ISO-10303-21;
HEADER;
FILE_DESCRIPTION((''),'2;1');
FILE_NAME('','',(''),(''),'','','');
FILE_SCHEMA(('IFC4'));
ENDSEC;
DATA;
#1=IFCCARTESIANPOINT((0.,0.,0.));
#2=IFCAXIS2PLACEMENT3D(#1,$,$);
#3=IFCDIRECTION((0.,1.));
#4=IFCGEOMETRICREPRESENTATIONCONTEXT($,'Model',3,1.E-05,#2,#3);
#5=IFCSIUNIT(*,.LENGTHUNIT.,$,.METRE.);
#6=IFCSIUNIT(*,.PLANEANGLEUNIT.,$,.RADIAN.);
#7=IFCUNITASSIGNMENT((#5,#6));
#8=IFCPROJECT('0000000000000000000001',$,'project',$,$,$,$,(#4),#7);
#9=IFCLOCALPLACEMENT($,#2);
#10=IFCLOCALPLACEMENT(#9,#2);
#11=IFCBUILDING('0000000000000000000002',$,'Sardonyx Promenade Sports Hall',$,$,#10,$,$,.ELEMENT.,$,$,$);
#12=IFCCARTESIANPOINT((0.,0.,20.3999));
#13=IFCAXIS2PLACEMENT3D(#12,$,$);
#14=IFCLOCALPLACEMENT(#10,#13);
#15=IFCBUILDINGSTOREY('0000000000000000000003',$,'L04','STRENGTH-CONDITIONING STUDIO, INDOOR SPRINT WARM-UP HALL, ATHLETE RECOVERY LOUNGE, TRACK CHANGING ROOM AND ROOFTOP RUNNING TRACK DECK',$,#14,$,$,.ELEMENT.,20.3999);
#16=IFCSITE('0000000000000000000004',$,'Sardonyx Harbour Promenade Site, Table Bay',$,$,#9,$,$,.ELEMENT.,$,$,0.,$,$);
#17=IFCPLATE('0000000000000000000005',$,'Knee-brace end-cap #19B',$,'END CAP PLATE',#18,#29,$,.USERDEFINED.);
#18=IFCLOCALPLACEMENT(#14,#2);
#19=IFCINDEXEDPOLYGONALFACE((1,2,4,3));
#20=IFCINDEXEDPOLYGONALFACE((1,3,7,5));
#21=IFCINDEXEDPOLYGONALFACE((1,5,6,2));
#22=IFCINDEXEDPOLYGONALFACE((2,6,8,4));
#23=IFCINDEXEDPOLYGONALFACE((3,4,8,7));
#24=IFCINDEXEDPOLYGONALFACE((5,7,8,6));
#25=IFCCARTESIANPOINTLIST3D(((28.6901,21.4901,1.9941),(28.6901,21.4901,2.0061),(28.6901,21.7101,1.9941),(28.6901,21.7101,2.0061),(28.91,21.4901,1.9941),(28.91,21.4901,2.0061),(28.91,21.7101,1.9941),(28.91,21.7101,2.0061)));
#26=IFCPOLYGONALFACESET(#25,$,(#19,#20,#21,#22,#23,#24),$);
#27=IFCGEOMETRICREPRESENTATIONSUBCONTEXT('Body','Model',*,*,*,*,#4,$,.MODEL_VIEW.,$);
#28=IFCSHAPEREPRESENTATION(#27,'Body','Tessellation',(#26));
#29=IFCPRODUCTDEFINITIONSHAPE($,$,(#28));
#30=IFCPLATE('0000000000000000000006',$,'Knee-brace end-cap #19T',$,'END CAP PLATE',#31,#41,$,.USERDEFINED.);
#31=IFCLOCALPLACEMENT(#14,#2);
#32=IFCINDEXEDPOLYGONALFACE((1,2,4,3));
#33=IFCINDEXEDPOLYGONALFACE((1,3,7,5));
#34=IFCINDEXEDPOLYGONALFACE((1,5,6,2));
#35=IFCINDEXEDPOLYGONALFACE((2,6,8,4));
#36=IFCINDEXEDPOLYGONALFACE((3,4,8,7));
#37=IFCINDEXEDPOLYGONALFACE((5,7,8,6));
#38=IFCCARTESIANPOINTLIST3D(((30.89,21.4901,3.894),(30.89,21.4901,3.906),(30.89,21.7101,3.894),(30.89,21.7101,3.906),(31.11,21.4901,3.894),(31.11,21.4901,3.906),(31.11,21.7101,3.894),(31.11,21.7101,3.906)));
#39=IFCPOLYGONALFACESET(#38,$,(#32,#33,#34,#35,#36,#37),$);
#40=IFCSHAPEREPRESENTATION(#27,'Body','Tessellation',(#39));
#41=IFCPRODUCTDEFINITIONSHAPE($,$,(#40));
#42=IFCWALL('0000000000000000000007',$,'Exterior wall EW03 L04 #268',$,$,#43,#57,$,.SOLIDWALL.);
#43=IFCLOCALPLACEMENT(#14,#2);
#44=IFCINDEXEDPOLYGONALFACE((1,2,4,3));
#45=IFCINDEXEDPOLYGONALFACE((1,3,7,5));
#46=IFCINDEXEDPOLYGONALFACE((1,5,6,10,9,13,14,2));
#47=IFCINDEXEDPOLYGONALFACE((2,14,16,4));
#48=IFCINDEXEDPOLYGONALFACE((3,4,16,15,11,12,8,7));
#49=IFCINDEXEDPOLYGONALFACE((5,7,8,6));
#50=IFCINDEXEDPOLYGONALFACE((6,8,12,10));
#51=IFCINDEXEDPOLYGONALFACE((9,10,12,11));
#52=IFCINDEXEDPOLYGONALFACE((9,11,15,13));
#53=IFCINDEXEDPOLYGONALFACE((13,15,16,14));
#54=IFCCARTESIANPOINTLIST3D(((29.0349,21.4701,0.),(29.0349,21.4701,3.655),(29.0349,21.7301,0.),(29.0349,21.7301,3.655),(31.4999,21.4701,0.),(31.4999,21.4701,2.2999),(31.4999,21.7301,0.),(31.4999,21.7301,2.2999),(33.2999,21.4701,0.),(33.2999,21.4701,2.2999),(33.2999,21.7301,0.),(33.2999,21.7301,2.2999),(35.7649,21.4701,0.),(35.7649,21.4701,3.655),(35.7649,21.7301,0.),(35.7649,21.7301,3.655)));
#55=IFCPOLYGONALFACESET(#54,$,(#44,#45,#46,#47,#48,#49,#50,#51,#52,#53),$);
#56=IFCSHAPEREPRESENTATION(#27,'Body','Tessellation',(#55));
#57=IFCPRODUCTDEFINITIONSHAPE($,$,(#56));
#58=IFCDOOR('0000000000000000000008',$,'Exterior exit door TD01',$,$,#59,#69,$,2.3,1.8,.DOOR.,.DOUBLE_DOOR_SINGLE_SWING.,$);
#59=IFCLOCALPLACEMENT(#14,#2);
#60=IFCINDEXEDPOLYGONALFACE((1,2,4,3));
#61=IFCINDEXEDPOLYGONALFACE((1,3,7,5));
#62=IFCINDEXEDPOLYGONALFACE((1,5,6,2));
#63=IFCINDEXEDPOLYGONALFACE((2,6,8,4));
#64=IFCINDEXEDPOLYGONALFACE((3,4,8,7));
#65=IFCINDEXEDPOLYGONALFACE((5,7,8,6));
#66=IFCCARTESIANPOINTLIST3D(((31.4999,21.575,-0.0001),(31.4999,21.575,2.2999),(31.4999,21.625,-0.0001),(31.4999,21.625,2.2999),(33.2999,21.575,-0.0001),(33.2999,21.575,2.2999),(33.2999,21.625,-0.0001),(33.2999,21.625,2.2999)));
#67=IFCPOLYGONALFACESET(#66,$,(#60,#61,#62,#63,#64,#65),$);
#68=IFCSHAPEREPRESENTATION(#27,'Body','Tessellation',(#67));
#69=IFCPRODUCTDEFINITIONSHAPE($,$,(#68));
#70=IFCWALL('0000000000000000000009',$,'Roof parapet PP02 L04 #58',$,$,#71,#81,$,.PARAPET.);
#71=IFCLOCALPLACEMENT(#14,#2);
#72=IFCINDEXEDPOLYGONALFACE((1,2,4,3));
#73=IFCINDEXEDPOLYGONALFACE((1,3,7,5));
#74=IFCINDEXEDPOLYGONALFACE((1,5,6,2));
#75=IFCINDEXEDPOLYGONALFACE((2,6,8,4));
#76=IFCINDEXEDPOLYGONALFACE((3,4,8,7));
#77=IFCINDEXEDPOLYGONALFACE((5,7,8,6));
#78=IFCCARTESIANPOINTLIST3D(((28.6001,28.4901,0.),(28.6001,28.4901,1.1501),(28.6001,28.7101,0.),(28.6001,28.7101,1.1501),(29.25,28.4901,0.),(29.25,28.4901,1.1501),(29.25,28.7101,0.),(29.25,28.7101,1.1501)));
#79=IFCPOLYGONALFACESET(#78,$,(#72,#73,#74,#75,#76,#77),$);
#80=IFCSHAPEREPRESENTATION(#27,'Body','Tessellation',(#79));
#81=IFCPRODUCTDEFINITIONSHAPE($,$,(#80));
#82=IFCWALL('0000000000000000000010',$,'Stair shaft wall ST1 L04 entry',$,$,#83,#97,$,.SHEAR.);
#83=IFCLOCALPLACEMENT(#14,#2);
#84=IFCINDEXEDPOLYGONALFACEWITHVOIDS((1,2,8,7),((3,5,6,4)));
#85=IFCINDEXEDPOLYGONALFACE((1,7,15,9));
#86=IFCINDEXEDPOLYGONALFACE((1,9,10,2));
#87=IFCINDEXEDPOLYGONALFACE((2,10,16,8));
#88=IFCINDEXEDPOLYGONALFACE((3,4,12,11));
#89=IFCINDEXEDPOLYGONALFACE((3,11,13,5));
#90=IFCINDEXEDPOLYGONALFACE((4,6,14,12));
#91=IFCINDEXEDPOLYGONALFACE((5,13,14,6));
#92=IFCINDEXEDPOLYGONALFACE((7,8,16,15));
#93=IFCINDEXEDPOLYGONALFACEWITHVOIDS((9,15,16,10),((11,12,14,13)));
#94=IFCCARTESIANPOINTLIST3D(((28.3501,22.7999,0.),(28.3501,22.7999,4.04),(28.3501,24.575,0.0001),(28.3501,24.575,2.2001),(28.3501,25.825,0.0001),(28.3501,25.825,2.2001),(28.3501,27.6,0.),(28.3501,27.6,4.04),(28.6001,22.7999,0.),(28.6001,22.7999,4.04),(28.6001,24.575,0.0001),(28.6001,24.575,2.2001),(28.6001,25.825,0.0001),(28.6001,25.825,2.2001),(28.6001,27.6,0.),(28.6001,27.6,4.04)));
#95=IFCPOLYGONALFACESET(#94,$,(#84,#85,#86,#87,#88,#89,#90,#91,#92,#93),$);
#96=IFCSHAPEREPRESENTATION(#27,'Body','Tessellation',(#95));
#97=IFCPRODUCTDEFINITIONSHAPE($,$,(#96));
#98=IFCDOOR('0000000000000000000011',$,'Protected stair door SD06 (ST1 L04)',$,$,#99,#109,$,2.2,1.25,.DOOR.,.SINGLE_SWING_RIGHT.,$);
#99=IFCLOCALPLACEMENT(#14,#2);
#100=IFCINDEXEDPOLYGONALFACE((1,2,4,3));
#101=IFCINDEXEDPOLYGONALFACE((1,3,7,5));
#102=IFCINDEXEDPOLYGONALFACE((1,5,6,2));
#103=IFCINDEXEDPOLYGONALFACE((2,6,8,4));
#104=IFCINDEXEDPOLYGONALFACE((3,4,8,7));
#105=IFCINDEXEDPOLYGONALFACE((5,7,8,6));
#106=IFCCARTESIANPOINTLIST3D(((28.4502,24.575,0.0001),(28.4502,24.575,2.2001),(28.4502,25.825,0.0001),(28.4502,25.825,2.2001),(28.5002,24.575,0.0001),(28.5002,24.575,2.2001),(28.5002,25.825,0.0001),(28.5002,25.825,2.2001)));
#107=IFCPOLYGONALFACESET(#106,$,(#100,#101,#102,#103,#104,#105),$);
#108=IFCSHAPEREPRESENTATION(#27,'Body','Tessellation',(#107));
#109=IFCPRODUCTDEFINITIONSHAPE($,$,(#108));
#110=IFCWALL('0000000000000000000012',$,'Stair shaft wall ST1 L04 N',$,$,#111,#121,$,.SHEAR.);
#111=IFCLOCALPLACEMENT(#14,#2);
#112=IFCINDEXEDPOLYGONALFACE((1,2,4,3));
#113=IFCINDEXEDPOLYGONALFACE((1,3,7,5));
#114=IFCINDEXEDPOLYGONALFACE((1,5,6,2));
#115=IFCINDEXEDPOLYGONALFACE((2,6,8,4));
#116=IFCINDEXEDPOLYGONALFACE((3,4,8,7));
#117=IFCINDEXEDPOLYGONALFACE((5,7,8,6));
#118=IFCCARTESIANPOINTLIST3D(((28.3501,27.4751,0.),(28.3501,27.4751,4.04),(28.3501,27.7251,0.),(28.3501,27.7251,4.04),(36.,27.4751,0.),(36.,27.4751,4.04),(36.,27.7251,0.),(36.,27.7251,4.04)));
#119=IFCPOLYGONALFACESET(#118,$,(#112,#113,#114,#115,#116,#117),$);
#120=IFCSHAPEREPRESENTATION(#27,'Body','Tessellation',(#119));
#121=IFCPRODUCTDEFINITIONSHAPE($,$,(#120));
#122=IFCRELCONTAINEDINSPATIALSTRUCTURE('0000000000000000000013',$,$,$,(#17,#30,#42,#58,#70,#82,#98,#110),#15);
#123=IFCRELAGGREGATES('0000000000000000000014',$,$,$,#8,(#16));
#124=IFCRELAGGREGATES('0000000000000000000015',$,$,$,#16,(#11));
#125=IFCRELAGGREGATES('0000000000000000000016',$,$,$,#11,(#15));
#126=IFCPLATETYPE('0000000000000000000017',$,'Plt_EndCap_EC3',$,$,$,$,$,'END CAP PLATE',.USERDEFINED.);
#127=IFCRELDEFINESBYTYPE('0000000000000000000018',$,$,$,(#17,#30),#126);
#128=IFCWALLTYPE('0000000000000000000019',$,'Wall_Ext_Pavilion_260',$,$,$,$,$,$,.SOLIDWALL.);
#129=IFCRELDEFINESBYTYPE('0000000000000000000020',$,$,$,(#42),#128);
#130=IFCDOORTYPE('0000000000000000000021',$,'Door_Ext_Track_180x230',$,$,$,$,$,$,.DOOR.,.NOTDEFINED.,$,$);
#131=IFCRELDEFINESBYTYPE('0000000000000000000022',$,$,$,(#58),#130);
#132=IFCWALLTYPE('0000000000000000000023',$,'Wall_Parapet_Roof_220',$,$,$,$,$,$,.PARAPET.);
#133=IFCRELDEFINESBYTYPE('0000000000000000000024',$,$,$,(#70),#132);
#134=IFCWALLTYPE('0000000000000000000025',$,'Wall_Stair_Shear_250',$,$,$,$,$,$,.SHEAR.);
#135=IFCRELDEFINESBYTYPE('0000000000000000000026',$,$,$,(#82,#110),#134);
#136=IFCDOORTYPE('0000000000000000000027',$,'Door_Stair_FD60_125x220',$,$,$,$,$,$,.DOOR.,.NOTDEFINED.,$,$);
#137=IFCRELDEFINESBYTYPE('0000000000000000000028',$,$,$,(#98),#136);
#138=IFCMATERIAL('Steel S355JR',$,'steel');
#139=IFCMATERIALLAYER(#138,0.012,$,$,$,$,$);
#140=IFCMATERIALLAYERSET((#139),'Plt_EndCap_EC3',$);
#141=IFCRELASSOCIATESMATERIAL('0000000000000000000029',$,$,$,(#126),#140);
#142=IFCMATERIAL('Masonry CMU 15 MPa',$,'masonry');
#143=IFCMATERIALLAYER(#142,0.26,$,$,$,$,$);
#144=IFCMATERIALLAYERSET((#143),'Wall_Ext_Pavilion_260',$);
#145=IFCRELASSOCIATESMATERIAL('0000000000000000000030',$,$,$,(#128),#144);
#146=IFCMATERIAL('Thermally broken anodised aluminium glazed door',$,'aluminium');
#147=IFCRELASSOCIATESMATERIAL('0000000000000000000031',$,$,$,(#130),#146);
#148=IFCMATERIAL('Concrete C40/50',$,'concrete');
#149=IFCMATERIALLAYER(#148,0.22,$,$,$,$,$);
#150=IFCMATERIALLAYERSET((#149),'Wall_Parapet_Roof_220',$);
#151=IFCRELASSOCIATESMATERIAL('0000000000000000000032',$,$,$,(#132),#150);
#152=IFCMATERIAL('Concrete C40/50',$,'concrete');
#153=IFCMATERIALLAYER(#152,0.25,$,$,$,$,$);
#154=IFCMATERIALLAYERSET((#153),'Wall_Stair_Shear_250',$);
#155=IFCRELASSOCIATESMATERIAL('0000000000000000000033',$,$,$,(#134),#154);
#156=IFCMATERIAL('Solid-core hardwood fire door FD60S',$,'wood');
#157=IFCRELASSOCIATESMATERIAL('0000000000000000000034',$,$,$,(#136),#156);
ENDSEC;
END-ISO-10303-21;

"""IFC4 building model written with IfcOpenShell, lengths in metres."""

from ifc_helpers import new_model, si_unit, direction, frame, frame_2d, origin, origin_2d, place, context, subcontext, project, spatial, rectangle, extrude, material, layer, layer_set, type_object, element, fill, save


model = new_model("IFC4")

# Units and contexts
model_context = context("Model", 3, precision=1e-05, world=origin(), true_north=direction((0.0, 1.0)))
body_context = subcontext(model_context, "Body", "Model", "MODEL_VIEW")
ifc_project = project(units=[si_unit("LENGTHUNIT", "METRE"), si_unit("PLANEANGLEUNIT", "RADIAN")], contexts=[model_context])

# Site, building, storey
site_placement = place(None, origin())
site = spatial("IfcSite", under=ifc_project, at=site_placement, Name="Sardonyx Harbour Promenade Site, Table Bay", CompositionType="ELEMENT", RefElevation=0.0)
building_placement = place(site_placement, origin())
building = spatial("IfcBuilding", under=site, at=building_placement, Name="Sardonyx Promenade Sports Hall", CompositionType="ELEMENT")
storey_placement = place(building_placement, frame((0.0, 0.0, 20.3999)))
storey = spatial("IfcBuildingStorey", under=building, at=storey_placement, Name="L04", Description="STRENGTH-CONDITIONING STUDIO, INDOOR SPRINT WARM-UP HALL, ATHLETE RECOVERY LOUNGE, TRACK CHANGING ROOM AND ROOFTOP RUNNING TRACK DECK", CompositionType="ELEMENT", Elevation=20.3999)

# Plates
ifc_material_1 = material(Name="Steel S355JR", Category="steel")
ifc_layer_1 = layer(ifc_material_1, 0.012)
ifc_layer_set_1 = layer_set([ifc_layer_1], Name="Plt_EndCap_EC3")
plate_type_1 = type_object("IfcPlateType", Name="Plt_EndCap_EC3", ElementType="END CAP PLATE", PredefinedType="USERDEFINED", material=ifc_layer_set_1)
for number, where, z_axis, x_axis, name in (
    (1, (28.8, 21.6001, 1.9941), (0.0, 0.0, 1.0), (1.0, 0.0, 0.0), "Knee-brace end-cap #19B"),
    (2, (31.0, 21.6001, 3.894), (0.0, 0.0, 1.0), (1.0, 0.0, 0.0), "Knee-brace end-cap #19T"),
):
    element("IfcPlate", number, at=place(storey_placement, frame(where, z_axis=z_axis, x_axis=x_axis)), inside=storey, type_object=plate_type_1, Name=name, ObjectType="END CAP PLATE", PredefinedType="USERDEFINED", context=body_context, shape_type="SweptSolid", body=[
        extrude(rectangle(XDim=0.22, YDim=0.22, at=origin_2d()), origin(), (0.0, 0.0, 1.0), 0.012),
    ])

# Wall, opening, door
ifc_material_2 = material(Name="Masonry CMU 15 MPa", Category="masonry")
ifc_layer_2 = layer(ifc_material_2, 0.26)
ifc_layer_set_2 = layer_set([ifc_layer_2], Name="Wall_Ext_Pavilion_260")
wall_type_1 = type_object("IfcWallType", Name="Wall_Ext_Pavilion_260", PredefinedType="SOLIDWALL", material=ifc_layer_set_2)
wall_1_placement = place(storey_placement, frame((29.0349, 21.6001, 0.0), z_axis=(0.0, 0.0, 1.0), x_axis=(1.0, 0.0, 0.0)))
wall_1 = element("IfcWall", 3, at=wall_1_placement, inside=storey, type_object=wall_type_1, Name="Exterior wall EW03 L04 #268", PredefinedType="SOLIDWALL", context=body_context, shape_type="SweptSolid", body=[
    extrude(rectangle(XDim=6.73, YDim=0.26, at=frame_2d((3.365, 0.0))), origin(), (0.0, 0.0, 1.0), 3.655),
])
opening_1_placement = place(wall_1_placement, frame((2.4651, 0.0, 0.0)))
opening_1 = element("IfcOpeningElement", 4, at=opening_1_placement, cuts=wall_1, PredefinedType="OPENING", context=body_context, shape_type="SweptSolid", body=[
    extrude(rectangle(XDim=1.8, YDim=2.3, at=frame_2d((0.8999, 1.1499))), frame((0.0, 0.14, 0.0), z_axis=(0.0, -1.0, 0.0), x_axis=(1.0, 0.0, 0.0)), (0.0, 0.0, 1.0), 0.28),
])
ifc_material_3 = material(Name="Thermally broken anodised aluminium glazed door", Category="aluminium")
door_type_1 = type_object("IfcDoorType", Name="Door_Ext_Track_180x230", OperationType="NOTDEFINED", PredefinedType="DOOR", material=ifc_material_3)
door_1_placement = place(opening_1_placement, origin())
door_1 = element("IfcDoor", 5, at=door_1_placement, inside=storey, type_object=door_type_1, Name="Exterior exit door TD01", OperationType="DOUBLE_DOOR_SINGLE_SWING", OverallHeight=2.3, OverallWidth=1.8, PredefinedType="DOOR", context=body_context, shape_type="SweptSolid", body=[
    extrude(rectangle(XDim=1.8, YDim=2.3, at=frame_2d((0.8999, 1.1499))), frame((0.0, 0.0249, 0.0), z_axis=(0.0, -1.0, 0.0), x_axis=(1.0, 0.0, 0.0)), (0.0, 0.0, 1.0), 0.05),
])
fill(opening_1, door_1)

# Wall
ifc_material_4 = material(Name="Concrete C40/50", Category="concrete")
ifc_layer_3 = layer(ifc_material_4, 0.22)
ifc_layer_set_3 = layer_set([ifc_layer_3], Name="Wall_Parapet_Roof_220")
wall_type_2 = type_object("IfcWallType", Name="Wall_Parapet_Roof_220", PredefinedType="PARAPET", material=ifc_layer_set_3)
wall_2_placement = place(storey_placement, frame((28.6001, 28.6001, 0.0), z_axis=(0.0, 0.0, 1.0), x_axis=(1.0, 0.0, 0.0)))
element("IfcWall", 6, at=wall_2_placement, inside=storey, type_object=wall_type_2, Name="Roof parapet PP02 L04 #58", PredefinedType="PARAPET", context=body_context, shape_type="SweptSolid", body=[
    extrude(rectangle(XDim=0.6499, YDim=0.22, at=frame_2d((0.325, 0.0))), origin(), (0.0, 0.0, 1.0), 1.1501),
])

# Wall, opening, door
ifc_material_5 = material(Name="Concrete C40/50", Category="concrete")
ifc_layer_4 = layer(ifc_material_5, 0.25)
ifc_layer_set_4 = layer_set([ifc_layer_4], Name="Wall_Stair_Shear_250")
wall_type_3 = type_object("IfcWallType", Name="Wall_Stair_Shear_250", PredefinedType="SHEAR", material=ifc_layer_set_4)
wall_3_placement = place(storey_placement, frame((28.4751, 22.8, 0.0), z_axis=(0.0, 0.0, 1.0), x_axis=(0.0, 1.0, 0.0)))
wall_3 = element("IfcWall", 7, at=wall_3_placement, inside=storey, type_object=wall_type_3, Name="Stair shaft wall ST1 L04 entry", PredefinedType="SHEAR", context=body_context, shape_type="SweptSolid", body=[
    extrude(rectangle(XDim=4.8, YDim=0.25, at=frame_2d((2.3999, 0.0))), origin(), (0.0, 0.0, 1.0), 4.04),
])
opening_2_placement = place(wall_3_placement, frame((1.7749, 0.0, 0.0)))
opening_2 = element("IfcOpeningElement", 8, at=opening_2_placement, cuts=wall_3, PredefinedType="OPENING", context=body_context, shape_type="SweptSolid", body=[
    extrude(rectangle(XDim=1.25, YDim=2.2, at=frame_2d((0.625, 1.1001))), frame((0.0, 0.135, 0.0), z_axis=(0.0, -1.0, 0.0), x_axis=(1.0, 0.0, 0.0)), (0.0, 0.0, 1.0), 0.27),
])
ifc_material_6 = material(Name="Solid-core hardwood fire door FD60S", Category="wood")
door_type_2 = type_object("IfcDoorType", Name="Door_Stair_FD60_125x220", OperationType="NOTDEFINED", PredefinedType="DOOR", material=ifc_material_6)
door_2_placement = place(opening_2_placement, origin())
door_2 = element("IfcDoor", 9, at=door_2_placement, inside=storey, type_object=door_type_2, Name="Protected stair door SD06 (ST1 L04)", OperationType="SINGLE_SWING_RIGHT", OverallHeight=2.2, OverallWidth=1.25, PredefinedType="DOOR", context=body_context, shape_type="SweptSolid", body=[
    extrude(rectangle(XDim=1.25, YDim=2.2, at=frame_2d((0.625, 1.1001))), frame((0.0, 0.0249, 0.0), z_axis=(0.0, -1.0, 0.0), x_axis=(1.0, 0.0, 0.0)), (0.0, 0.0, 1.0), 0.05),
])
fill(opening_2, door_2)

# Wall
wall_4_placement = place(storey_placement, frame((28.3501, 27.6001, 0.0), z_axis=(0.0, 0.0, 1.0), x_axis=(1.0, 0.0, 0.0)))
element("IfcWall", 10, at=wall_4_placement, inside=storey, type_object=wall_type_3, Name="Stair shaft wall ST1 L04 N", PredefinedType="SHEAR", context=body_context, shape_type="SweptSolid", body=[
    extrude(rectangle(XDim=7.6499, YDim=0.25, at=frame_2d((3.825, 0.0))), origin(), (0.0, 0.0, 1.0), 4.04),
])

save(model, "model.ifc")
